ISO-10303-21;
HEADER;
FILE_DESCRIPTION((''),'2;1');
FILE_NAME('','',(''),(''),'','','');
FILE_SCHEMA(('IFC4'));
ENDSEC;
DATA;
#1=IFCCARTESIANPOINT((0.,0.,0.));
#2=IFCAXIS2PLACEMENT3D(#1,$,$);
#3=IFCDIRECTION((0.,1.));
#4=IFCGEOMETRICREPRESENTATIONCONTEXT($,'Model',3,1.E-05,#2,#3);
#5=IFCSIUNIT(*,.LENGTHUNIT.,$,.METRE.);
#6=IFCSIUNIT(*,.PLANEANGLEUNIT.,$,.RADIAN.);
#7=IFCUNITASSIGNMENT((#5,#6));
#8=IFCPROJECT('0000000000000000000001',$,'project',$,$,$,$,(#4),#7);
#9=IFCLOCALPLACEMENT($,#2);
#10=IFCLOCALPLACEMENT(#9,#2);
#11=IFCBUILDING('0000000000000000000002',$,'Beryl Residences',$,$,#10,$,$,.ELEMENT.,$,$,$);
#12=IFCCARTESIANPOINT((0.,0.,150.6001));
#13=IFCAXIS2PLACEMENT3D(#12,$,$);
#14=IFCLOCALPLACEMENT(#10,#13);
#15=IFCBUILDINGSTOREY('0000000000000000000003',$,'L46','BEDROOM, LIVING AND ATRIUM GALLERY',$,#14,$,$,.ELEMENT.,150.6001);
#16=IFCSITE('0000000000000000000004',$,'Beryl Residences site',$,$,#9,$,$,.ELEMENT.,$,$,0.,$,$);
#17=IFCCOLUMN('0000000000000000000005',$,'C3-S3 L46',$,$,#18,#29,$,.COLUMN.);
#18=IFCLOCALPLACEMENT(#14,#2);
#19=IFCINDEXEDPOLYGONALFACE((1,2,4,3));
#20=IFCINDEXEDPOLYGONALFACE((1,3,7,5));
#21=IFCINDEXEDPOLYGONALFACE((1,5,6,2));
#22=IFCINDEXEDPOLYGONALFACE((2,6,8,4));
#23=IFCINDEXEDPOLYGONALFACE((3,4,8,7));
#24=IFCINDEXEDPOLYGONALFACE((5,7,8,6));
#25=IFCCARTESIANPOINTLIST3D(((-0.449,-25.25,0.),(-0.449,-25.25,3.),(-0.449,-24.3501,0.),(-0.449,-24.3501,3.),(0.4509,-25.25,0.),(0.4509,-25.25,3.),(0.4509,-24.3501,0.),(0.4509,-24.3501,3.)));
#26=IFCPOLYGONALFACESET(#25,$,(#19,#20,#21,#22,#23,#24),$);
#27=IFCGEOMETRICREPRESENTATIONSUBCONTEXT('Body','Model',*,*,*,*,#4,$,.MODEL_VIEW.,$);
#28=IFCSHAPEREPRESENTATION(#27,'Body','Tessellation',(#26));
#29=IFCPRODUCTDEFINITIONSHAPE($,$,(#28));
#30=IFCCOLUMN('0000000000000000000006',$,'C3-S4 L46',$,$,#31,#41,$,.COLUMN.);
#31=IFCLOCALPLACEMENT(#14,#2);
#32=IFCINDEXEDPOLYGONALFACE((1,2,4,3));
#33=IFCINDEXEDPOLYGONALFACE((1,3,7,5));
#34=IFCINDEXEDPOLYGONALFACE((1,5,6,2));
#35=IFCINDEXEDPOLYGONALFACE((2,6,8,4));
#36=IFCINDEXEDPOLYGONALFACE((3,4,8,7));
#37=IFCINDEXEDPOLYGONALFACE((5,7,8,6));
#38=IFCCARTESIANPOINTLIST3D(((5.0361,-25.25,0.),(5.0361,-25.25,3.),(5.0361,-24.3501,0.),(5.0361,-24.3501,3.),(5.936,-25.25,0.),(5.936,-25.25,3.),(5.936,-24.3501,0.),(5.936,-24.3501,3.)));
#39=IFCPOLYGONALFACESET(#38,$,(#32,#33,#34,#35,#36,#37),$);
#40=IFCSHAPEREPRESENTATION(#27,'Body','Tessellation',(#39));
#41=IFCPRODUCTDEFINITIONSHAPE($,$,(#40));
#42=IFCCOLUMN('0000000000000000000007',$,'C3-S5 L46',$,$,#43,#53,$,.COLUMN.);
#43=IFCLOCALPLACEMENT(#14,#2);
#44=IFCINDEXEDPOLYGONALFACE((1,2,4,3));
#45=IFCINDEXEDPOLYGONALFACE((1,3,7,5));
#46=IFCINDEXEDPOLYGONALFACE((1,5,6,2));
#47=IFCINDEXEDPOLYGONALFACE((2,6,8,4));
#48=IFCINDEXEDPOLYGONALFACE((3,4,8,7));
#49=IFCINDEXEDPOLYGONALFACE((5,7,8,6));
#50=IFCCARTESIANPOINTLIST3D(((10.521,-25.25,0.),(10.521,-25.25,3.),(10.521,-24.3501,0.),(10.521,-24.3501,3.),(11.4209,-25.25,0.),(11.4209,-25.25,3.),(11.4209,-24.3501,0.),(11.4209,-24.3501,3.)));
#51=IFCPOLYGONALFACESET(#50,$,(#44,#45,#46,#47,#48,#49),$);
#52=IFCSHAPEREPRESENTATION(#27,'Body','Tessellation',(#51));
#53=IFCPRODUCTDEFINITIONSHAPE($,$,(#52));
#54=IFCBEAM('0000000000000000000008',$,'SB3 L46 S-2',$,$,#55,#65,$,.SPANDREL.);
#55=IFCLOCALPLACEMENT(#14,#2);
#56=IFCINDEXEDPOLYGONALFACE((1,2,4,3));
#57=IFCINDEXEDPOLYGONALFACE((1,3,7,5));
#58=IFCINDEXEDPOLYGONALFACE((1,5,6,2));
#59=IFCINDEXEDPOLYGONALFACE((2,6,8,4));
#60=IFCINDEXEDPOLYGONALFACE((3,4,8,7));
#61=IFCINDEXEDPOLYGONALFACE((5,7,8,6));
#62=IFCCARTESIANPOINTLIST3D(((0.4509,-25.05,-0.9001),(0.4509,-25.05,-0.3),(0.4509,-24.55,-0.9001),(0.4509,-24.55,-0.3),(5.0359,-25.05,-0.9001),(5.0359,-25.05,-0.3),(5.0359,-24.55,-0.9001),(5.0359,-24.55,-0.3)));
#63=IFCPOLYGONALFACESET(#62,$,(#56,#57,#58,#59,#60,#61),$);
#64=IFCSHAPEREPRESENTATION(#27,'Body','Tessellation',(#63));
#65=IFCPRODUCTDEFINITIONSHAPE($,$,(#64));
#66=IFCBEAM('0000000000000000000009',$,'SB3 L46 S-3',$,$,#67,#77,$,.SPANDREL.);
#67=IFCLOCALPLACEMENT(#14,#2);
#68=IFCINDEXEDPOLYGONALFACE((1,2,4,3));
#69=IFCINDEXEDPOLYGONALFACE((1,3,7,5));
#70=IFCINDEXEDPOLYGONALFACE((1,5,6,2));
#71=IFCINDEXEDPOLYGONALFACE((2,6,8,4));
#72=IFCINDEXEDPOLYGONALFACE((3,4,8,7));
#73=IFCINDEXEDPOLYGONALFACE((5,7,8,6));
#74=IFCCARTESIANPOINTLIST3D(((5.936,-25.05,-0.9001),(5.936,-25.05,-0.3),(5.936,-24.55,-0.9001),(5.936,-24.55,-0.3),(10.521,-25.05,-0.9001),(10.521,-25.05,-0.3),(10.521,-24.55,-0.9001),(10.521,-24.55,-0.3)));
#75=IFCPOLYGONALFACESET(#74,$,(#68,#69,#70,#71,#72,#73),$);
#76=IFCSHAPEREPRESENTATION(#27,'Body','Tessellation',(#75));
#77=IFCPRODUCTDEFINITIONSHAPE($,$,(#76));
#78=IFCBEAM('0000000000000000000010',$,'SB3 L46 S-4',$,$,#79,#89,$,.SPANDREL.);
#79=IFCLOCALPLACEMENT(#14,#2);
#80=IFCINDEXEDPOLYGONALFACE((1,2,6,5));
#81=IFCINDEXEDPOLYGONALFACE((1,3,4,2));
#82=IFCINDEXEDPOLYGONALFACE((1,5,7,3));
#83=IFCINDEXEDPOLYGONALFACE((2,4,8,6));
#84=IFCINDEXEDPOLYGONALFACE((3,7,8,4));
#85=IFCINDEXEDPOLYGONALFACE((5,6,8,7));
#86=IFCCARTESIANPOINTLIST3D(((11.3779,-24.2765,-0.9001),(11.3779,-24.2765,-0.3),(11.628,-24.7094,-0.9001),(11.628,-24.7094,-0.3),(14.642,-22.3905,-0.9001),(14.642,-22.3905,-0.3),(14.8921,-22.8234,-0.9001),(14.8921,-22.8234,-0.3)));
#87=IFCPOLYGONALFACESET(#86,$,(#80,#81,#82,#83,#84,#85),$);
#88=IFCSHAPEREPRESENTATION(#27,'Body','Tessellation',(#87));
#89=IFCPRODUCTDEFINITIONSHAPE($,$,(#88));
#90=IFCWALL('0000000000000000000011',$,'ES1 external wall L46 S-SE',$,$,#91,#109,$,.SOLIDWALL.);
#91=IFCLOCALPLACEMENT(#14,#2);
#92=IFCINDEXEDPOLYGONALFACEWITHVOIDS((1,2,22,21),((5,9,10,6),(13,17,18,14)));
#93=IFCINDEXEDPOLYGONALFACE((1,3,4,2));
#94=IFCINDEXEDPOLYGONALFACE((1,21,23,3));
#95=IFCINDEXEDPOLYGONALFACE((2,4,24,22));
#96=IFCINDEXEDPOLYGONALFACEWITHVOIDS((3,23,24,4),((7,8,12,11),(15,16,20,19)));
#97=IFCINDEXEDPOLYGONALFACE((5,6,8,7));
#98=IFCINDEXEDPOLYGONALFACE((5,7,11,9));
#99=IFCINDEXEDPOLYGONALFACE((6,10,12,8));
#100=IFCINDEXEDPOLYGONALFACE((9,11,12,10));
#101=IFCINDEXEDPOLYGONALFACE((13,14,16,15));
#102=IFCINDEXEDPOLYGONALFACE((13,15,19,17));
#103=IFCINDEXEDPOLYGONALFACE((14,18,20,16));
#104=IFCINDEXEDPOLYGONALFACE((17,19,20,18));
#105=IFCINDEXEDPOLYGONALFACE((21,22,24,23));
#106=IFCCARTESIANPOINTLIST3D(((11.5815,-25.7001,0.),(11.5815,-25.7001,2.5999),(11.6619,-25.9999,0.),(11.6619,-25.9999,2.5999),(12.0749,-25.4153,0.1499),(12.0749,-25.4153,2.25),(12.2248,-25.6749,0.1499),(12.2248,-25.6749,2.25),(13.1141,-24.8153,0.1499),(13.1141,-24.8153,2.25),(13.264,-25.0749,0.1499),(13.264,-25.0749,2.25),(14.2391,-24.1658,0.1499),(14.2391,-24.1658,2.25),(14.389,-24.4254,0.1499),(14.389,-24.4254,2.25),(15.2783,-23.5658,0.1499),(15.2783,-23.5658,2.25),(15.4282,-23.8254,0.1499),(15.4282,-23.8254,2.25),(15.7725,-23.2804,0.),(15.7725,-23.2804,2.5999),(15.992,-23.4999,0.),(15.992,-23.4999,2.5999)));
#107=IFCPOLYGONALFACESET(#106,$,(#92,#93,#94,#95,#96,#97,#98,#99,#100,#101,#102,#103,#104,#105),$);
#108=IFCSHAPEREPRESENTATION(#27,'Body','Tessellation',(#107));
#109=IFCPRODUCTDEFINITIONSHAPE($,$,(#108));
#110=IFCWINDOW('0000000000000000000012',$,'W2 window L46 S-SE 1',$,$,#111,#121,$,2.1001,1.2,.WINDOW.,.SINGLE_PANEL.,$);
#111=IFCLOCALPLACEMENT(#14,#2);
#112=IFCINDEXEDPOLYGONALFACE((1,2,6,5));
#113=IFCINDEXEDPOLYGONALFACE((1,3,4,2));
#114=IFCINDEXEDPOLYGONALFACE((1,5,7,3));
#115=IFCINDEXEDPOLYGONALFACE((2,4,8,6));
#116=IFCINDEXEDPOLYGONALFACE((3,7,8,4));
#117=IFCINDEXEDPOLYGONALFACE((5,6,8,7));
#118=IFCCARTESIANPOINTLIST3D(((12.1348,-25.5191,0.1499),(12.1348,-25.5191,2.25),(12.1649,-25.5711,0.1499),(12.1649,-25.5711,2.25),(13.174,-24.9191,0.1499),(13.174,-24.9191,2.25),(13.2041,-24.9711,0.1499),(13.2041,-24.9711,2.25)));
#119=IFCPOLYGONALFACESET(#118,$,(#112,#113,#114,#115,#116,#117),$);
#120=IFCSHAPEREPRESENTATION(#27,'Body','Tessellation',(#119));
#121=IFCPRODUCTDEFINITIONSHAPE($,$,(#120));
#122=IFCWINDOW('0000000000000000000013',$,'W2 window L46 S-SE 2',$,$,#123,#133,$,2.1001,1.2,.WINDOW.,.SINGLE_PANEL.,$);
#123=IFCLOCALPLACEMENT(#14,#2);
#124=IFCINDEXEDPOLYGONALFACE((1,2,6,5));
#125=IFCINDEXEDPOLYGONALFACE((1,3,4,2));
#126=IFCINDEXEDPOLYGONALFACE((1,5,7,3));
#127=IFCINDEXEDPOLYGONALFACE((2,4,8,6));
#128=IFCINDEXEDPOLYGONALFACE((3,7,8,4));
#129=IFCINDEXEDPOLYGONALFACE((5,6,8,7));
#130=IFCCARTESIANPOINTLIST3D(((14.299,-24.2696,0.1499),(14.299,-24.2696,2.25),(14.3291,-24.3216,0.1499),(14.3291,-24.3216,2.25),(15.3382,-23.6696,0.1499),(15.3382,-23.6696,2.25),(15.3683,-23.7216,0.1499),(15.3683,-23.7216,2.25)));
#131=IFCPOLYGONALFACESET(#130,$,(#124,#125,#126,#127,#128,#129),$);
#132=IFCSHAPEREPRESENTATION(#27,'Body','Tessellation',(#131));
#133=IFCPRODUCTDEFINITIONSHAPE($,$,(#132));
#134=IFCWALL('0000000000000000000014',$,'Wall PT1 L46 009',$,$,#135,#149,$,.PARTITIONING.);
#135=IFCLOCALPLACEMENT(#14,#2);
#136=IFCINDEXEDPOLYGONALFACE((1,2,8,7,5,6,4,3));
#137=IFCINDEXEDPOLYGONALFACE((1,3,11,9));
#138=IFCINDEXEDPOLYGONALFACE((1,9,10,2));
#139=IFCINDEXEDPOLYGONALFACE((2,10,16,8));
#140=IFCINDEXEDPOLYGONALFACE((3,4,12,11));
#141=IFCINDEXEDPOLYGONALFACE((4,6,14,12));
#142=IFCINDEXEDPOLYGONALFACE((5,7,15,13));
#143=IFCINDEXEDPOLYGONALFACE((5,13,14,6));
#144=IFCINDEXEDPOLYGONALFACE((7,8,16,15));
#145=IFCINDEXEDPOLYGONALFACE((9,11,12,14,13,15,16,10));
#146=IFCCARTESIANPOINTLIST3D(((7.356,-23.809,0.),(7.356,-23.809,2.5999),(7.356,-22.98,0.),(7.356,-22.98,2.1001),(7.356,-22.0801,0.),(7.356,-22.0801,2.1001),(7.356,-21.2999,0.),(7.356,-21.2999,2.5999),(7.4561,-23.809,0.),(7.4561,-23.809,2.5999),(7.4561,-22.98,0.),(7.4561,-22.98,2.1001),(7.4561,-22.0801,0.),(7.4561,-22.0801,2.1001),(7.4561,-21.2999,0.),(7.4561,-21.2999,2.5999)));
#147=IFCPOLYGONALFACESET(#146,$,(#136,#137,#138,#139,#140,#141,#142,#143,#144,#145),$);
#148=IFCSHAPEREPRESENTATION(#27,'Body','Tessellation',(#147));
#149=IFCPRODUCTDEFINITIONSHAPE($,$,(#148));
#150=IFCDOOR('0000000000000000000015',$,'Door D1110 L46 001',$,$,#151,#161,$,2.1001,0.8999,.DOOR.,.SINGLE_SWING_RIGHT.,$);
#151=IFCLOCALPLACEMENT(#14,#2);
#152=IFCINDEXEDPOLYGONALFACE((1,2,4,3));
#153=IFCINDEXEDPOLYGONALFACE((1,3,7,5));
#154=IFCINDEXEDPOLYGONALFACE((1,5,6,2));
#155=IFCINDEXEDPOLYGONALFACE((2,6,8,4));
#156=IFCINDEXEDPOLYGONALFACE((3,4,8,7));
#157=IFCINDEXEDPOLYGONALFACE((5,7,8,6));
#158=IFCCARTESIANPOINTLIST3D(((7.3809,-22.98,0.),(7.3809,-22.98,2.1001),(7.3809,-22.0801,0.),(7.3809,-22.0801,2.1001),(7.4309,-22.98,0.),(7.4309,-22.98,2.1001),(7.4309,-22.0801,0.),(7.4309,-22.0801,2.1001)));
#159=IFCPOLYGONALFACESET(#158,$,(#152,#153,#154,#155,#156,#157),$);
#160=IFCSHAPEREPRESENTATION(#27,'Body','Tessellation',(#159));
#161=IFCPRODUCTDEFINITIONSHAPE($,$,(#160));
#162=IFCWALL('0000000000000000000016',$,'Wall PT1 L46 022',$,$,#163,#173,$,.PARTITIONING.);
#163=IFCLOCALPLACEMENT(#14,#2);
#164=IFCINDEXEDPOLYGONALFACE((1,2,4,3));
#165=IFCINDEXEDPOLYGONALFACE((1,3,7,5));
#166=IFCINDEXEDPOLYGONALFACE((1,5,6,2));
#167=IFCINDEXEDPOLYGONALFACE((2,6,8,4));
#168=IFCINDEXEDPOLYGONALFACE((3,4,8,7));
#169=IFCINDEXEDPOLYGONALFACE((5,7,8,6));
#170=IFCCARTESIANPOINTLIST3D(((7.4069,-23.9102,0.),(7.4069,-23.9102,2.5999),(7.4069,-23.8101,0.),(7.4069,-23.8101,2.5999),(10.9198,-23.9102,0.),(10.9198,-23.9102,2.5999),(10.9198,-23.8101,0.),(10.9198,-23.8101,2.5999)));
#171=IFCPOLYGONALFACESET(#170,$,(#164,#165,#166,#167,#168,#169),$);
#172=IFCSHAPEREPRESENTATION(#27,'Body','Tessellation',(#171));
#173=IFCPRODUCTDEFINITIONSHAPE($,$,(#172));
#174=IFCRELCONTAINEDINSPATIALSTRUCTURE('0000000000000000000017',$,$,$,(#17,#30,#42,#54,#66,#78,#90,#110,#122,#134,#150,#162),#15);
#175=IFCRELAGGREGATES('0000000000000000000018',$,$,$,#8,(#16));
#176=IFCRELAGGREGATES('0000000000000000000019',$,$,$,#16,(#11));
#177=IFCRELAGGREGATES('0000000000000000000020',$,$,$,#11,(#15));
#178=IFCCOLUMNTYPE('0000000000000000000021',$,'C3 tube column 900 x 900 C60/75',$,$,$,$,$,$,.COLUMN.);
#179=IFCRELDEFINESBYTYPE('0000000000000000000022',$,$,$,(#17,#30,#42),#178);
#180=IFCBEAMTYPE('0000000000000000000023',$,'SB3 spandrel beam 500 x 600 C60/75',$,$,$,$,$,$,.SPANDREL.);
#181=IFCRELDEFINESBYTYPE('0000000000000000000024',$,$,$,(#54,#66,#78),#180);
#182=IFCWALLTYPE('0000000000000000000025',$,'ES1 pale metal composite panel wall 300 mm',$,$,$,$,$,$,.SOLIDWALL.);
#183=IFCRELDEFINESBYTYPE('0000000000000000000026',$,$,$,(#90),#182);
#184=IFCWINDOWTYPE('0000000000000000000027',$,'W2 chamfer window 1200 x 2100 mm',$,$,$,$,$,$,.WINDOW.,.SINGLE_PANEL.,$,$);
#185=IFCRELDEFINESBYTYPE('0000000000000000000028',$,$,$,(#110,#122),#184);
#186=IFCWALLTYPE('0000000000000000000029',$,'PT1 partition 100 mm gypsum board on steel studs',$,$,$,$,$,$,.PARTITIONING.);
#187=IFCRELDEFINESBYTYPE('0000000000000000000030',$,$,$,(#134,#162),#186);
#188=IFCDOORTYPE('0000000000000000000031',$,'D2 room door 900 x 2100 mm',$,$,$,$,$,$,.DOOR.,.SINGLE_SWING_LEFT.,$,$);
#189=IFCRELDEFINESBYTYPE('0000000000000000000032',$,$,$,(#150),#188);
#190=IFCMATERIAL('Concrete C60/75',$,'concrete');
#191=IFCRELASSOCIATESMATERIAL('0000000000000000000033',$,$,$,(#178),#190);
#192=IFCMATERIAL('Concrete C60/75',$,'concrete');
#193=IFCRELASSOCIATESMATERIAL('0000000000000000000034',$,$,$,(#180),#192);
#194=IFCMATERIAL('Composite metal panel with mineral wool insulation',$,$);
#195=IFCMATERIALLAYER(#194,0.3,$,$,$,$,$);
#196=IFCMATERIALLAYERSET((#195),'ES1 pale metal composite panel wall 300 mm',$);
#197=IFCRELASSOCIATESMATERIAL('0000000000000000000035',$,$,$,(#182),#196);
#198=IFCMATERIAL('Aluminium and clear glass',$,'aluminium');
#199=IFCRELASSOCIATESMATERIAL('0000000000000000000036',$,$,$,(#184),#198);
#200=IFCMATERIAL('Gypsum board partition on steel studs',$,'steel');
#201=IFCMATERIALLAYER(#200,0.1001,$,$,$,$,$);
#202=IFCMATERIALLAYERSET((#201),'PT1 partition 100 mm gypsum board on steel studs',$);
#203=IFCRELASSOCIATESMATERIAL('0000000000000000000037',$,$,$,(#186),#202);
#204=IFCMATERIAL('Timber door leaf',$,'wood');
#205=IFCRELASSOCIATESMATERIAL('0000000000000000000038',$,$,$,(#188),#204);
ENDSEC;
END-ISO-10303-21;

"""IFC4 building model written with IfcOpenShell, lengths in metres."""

from ifc_helpers import new_model, si_unit, direction, frame, frame_2d, origin, origin_2d, place, context, subcontext, project, spatial, polyline, rectangle, outline, extrude, material, layer, layer_set, material_profile, profile_set, type_object, element, fill, save


model = new_model("IFC4")

# Units and contexts
model_context = context("Model", 3, precision=1e-05, world=origin(), true_north=direction((0.0, 1.0)))
body_context = subcontext(model_context, "Body", "Model", "MODEL_VIEW")
ifc_project = project(units=[si_unit("LENGTHUNIT", "METRE"), si_unit("PLANEANGLEUNIT", "RADIAN")], contexts=[model_context])

# Site, building, storey
site_placement = place(None, origin())
site = spatial("IfcSite", under=ifc_project, at=site_placement, Name="Beryl Residences site", CompositionType="ELEMENT", RefElevation=0.0)
building_placement = place(site_placement, origin())
building = spatial("IfcBuilding", under=site, at=building_placement, Name="Beryl Residences", CompositionType="ELEMENT")
storey_placement = place(building_placement, frame((0.0, 0.0, 150.6001)))
storey = spatial("IfcBuildingStorey", under=building, at=storey_placement, Name="L46", Description="BEDROOM, LIVING AND ATRIUM GALLERY", CompositionType="ELEMENT", Elevation=150.6001)

# Columns
ifc_material_1 = material(Name="Concrete C60/75", Category="concrete")
ifc_material_profile_1 = material_profile(ifc_material_1, rectangle(XDim=0.8999, YDim=0.8999, at=origin_2d()))
ifc_profile_set_1 = profile_set([ifc_material_profile_1], Name="Concrete C60/75")
column_type = type_object("IfcColumnType", Name="C3 tube column 900 x 900 C60/75", PredefinedType="COLUMN", material=ifc_profile_set_1)
for number, where, z_axis, x_axis, name in (
    (1, (0.001, -24.8, 0.0), (0.0, 0.0, 1.0), (1.0, 0.0, 0.0), "C3-S3 L46"),
    (2, (5.4861, -24.8, 0.0), (0.0, 0.0, 1.0), (1.0, 0.0, 0.0), "C3-S4 L46"),
    (3, (10.9709, -24.8, 0.0), (0.0, 0.0, 1.0), (1.0, 0.0, 0.0), "C3-S5 L46"),
):
    element("IfcColumn", number, at=place(storey_placement, frame(where, z_axis=z_axis, x_axis=x_axis)), inside=storey, type_object=column_type, Name=name, PredefinedType="COLUMN", context=body_context, shape_type="SweptSolid", body=[
        extrude(rectangle(XDim=0.8999, YDim=0.8999, at=origin_2d()), origin(), (0.0, 0.0, 1.0), 3.0),
    ])

# Beams
ifc_material_2 = material(Name="Concrete C60/75", Category="concrete")
ifc_material_profile_2 = material_profile(ifc_material_2, rectangle(XDim=0.5, YDim=0.6001, at=origin_2d()))
ifc_profile_set_2 = profile_set([ifc_material_profile_2], Name="Concrete C60/75")
beam_type = type_object("IfcBeamType", Name="SB3 spandrel beam 500 x 600 C60/75", PredefinedType="SPANDREL", material=ifc_profile_set_2)
for number, where, z_axis, x_axis, name in (
    (4, (0.4509, -24.8, -0.6001), (1.0, 0.0, 0.0), (0.0, 1.0, 0.0), "SB3 L46 S-2"),
    (5, (5.936, -24.8, -0.6001), (1.0, 0.0, 0.0), (0.0, 1.0, 0.0), "SB3 L46 S-3"),
):
    element("IfcBeam", number, at=place(storey_placement, frame(where, z_axis=z_axis, x_axis=x_axis)), inside=storey, type_object=beam_type, Name=name, PredefinedType="SPANDREL", context=body_context, shape_type="SweptSolid", body=[
        extrude(rectangle(XDim=0.5, YDim=0.6001, at=origin_2d()), origin(), (0.0, 0.0, 1.0), 4.585),
    ])
beam_placement = place(storey_placement, frame((11.5029, -24.4929, -0.6001), z_axis=(0.865862, 0.500283, 0.0), x_axis=(-0.500283, 0.865862, 0.0)))
element("IfcBeam", 6, at=beam_placement, inside=storey, type_object=beam_type, Name="SB3 L46 S-4", PredefinedType="SPANDREL", context=body_context, shape_type="SweptSolid", body=[
    extrude(rectangle(XDim=0.5, YDim=0.6001, at=origin_2d()), origin(), (0.0, 0.0, 1.0), 3.7698),
])

# Wall, openings, windows
ifc_material_3 = material(Name="Composite metal panel with mineral wool insulation")
ifc_layer_1 = layer(ifc_material_3, 0.3)
ifc_layer_set_1 = layer_set([ifc_layer_1], Name="ES1 pale metal composite panel wall 300 mm")
wall_type_1 = type_object("IfcWallType", Name="ES1 pale metal composite panel wall 300 mm", PredefinedType="SOLIDWALL", material=ifc_layer_set_1)
wall_1_placement = place(storey_placement, frame((11.5869, -25.8701, 0.0), z_axis=(0.0, 0.0, 1.0), x_axis=(0.866023, 0.500004, 0.0)))
wall_1 = element("IfcWall", 7, at=wall_1_placement, inside=storey, type_object=wall_type_1, Name="ES1 external wall L46 S-SE", PredefinedType="SOLIDWALL", context=body_context, shape_type="SweptSolid", body=[
    extrude(outline(polyline([(0.0, -0.1499), (5.0, -0.1499), (4.9197, 0.1499), (0.0803, 0.1499), (0.0, -0.1499)])), origin(), (0.0, 0.0, 1.0), 2.5999),
])
opening_1_placement = place(wall_1_placement, frame((0.6499, 0.0, 0.1499)))
opening_1 = element("IfcOpeningElement", 8, at=opening_1_placement, cuts=wall_1, PredefinedType="OPENING", context=body_context, shape_type="SweptSolid", body=[
    extrude(rectangle(XDim=1.2, YDim=2.1001, at=frame_2d((0.6001, 1.05))), frame((0.0, 0.1599, 0.0), z_axis=(0.0, -1.0, 0.0), x_axis=(1.0, 0.0, 0.0)), (0.0, 0.0, 1.0), 0.3201),
])
opening_2_placement = place(wall_1_placement, frame((3.1489, 0.0, 0.1499)))
opening_2 = element("IfcOpeningElement", 9, at=opening_2_placement, cuts=wall_1, PredefinedType="OPENING", context=body_context, shape_type="SweptSolid", body=[
    extrude(rectangle(XDim=1.2, YDim=2.1001, at=frame_2d((0.6001, 1.05))), frame((0.0, 0.1599, 0.0), z_axis=(0.0, -1.0, 0.0), x_axis=(1.0, 0.0, 0.0)), (0.0, 0.0, 1.0), 0.3201),
])
ifc_material_4 = material(Name="Aluminium and clear glass", Category="aluminium")
window_type = type_object("IfcWindowType", Name="W2 chamfer window 1200 x 2100 mm", PartitioningType="SINGLE_PANEL", PredefinedType="WINDOW", material=ifc_material_4)
window_1_placement = place(opening_1_placement, origin())
window_1 = element("IfcWindow", 10, at=window_1_placement, inside=storey, type_object=window_type, Name="W2 window L46 S-SE 1", OverallHeight=2.1001, OverallWidth=1.2, PartitioningType="SINGLE_PANEL", PredefinedType="WINDOW", context=body_context, shape_type="SweptSolid", body=[
    extrude(rectangle(XDim=1.2, YDim=2.1001, at=frame_2d((0.6001, 1.05))), frame((0.0, 0.03, 0.0), z_axis=(0.0, -1.0, 0.0), x_axis=(1.0, 0.0, 0.0)), (0.0, 0.0, 1.0), 0.0601),
])
fill(opening_1, window_1)
window_2_placement = place(opening_2_placement, origin())
window_2 = element("IfcWindow", 11, at=window_2_placement, inside=storey, type_object=window_type, Name="W2 window L46 S-SE 2", OverallHeight=2.1001, OverallWidth=1.2, PartitioningType="SINGLE_PANEL", PredefinedType="WINDOW", context=body_context, shape_type="SweptSolid", body=[
    extrude(rectangle(XDim=1.2, YDim=2.1001, at=frame_2d((0.6001, 1.05))), frame((0.0, 0.03, 0.0), z_axis=(0.0, -1.0, 0.0), x_axis=(1.0, 0.0, 0.0)), (0.0, 0.0, 1.0), 0.0601),
])
fill(opening_2, window_2)

# Wall, opening, door
ifc_material_5 = material(Name="Gypsum board partition on steel studs", Category="steel")
ifc_layer_2 = layer(ifc_material_5, 0.1001)
ifc_layer_set_2 = layer_set([ifc_layer_2], Name="PT1 partition 100 mm gypsum board on steel studs")
wall_type_2 = type_object("IfcWallType", Name="PT1 partition 100 mm gypsum board on steel studs", PredefinedType="PARTITIONING", material=ifc_layer_set_2)
wall_2_placement = place(storey_placement, frame((7.406, -21.3, 0.0), z_axis=(0.0, 0.0, 1.0), x_axis=(0.0, -1.0, 0.0)))
wall_2 = element("IfcWall", 12, at=wall_2_placement, inside=storey, type_object=wall_type_2, Name="Wall PT1 L46 009", PredefinedType="PARTITIONING", context=body_context, shape_type="SweptSolid", body=[
    extrude(rectangle(XDim=2.509, YDim=0.1001, at=frame_2d((1.2544, 0.0))), origin(), (0.0, 0.0, 1.0), 2.5999),
])
opening_3_placement = place(wall_2_placement, frame((0.78, 0.0, 0.0)))
opening_3 = element("IfcOpeningElement", 13, at=opening_3_placement, cuts=wall_2, PredefinedType="OPENING", context=body_context, shape_type="SweptSolid", body=[
    extrude(rectangle(XDim=0.8999, YDim=2.1001, at=frame_2d((0.45, 1.05))), frame((0.0, 0.0601, 0.0), z_axis=(0.0, -1.0, 0.0), x_axis=(1.0, 0.0, 0.0)), (0.0, 0.0, 1.0), 0.1201),
])
ifc_material_6 = material(Name="Timber door leaf", Category="wood")
door_type_1 = type_object("IfcDoorType", Name="D2 room door 900 x 2100 mm", OperationType="SINGLE_SWING_LEFT", PredefinedType="DOOR", material=ifc_material_6)
door_1_placement = place(opening_3_placement, origin())
door_1 = element("IfcDoor", 14, at=door_1_placement, inside=storey, type_object=door_type_1, Name="Door D1110 L46 001", OperationType="SINGLE_SWING_RIGHT", OverallHeight=2.1001, OverallWidth=0.8999, PredefinedType="DOOR", context=body_context, shape_type="SweptSolid", body=[
    extrude(rectangle(XDim=0.8999, YDim=2.1001, at=frame_2d((0.45, 1.05))), frame((0.0, 0.0249, 0.0), z_axis=(0.0, -1.0, 0.0), x_axis=(1.0, 0.0, 0.0)), (0.0, 0.0, 1.0), 0.05),
])
fill(opening_3, door_1)

# Wall
wall_3_placement = place(storey_placement, frame((7.407, -23.8601, 0.0), z_axis=(0.0, 0.0, 1.0), x_axis=(1.0, 0.0, 0.0)))
element("IfcWall", 15, at=wall_3_placement, inside=storey, type_object=wall_type_2, Name="Wall PT1 L46 022", PredefinedType="PARTITIONING", context=body_context, shape_type="SweptSolid", body=[
    extrude(rectangle(XDim=3.5129, YDim=0.1001, at=frame_2d((1.7563, 0.0))), origin(), (0.0, 0.0, 1.0), 2.5999),
])

save(model, "model.ifc")
